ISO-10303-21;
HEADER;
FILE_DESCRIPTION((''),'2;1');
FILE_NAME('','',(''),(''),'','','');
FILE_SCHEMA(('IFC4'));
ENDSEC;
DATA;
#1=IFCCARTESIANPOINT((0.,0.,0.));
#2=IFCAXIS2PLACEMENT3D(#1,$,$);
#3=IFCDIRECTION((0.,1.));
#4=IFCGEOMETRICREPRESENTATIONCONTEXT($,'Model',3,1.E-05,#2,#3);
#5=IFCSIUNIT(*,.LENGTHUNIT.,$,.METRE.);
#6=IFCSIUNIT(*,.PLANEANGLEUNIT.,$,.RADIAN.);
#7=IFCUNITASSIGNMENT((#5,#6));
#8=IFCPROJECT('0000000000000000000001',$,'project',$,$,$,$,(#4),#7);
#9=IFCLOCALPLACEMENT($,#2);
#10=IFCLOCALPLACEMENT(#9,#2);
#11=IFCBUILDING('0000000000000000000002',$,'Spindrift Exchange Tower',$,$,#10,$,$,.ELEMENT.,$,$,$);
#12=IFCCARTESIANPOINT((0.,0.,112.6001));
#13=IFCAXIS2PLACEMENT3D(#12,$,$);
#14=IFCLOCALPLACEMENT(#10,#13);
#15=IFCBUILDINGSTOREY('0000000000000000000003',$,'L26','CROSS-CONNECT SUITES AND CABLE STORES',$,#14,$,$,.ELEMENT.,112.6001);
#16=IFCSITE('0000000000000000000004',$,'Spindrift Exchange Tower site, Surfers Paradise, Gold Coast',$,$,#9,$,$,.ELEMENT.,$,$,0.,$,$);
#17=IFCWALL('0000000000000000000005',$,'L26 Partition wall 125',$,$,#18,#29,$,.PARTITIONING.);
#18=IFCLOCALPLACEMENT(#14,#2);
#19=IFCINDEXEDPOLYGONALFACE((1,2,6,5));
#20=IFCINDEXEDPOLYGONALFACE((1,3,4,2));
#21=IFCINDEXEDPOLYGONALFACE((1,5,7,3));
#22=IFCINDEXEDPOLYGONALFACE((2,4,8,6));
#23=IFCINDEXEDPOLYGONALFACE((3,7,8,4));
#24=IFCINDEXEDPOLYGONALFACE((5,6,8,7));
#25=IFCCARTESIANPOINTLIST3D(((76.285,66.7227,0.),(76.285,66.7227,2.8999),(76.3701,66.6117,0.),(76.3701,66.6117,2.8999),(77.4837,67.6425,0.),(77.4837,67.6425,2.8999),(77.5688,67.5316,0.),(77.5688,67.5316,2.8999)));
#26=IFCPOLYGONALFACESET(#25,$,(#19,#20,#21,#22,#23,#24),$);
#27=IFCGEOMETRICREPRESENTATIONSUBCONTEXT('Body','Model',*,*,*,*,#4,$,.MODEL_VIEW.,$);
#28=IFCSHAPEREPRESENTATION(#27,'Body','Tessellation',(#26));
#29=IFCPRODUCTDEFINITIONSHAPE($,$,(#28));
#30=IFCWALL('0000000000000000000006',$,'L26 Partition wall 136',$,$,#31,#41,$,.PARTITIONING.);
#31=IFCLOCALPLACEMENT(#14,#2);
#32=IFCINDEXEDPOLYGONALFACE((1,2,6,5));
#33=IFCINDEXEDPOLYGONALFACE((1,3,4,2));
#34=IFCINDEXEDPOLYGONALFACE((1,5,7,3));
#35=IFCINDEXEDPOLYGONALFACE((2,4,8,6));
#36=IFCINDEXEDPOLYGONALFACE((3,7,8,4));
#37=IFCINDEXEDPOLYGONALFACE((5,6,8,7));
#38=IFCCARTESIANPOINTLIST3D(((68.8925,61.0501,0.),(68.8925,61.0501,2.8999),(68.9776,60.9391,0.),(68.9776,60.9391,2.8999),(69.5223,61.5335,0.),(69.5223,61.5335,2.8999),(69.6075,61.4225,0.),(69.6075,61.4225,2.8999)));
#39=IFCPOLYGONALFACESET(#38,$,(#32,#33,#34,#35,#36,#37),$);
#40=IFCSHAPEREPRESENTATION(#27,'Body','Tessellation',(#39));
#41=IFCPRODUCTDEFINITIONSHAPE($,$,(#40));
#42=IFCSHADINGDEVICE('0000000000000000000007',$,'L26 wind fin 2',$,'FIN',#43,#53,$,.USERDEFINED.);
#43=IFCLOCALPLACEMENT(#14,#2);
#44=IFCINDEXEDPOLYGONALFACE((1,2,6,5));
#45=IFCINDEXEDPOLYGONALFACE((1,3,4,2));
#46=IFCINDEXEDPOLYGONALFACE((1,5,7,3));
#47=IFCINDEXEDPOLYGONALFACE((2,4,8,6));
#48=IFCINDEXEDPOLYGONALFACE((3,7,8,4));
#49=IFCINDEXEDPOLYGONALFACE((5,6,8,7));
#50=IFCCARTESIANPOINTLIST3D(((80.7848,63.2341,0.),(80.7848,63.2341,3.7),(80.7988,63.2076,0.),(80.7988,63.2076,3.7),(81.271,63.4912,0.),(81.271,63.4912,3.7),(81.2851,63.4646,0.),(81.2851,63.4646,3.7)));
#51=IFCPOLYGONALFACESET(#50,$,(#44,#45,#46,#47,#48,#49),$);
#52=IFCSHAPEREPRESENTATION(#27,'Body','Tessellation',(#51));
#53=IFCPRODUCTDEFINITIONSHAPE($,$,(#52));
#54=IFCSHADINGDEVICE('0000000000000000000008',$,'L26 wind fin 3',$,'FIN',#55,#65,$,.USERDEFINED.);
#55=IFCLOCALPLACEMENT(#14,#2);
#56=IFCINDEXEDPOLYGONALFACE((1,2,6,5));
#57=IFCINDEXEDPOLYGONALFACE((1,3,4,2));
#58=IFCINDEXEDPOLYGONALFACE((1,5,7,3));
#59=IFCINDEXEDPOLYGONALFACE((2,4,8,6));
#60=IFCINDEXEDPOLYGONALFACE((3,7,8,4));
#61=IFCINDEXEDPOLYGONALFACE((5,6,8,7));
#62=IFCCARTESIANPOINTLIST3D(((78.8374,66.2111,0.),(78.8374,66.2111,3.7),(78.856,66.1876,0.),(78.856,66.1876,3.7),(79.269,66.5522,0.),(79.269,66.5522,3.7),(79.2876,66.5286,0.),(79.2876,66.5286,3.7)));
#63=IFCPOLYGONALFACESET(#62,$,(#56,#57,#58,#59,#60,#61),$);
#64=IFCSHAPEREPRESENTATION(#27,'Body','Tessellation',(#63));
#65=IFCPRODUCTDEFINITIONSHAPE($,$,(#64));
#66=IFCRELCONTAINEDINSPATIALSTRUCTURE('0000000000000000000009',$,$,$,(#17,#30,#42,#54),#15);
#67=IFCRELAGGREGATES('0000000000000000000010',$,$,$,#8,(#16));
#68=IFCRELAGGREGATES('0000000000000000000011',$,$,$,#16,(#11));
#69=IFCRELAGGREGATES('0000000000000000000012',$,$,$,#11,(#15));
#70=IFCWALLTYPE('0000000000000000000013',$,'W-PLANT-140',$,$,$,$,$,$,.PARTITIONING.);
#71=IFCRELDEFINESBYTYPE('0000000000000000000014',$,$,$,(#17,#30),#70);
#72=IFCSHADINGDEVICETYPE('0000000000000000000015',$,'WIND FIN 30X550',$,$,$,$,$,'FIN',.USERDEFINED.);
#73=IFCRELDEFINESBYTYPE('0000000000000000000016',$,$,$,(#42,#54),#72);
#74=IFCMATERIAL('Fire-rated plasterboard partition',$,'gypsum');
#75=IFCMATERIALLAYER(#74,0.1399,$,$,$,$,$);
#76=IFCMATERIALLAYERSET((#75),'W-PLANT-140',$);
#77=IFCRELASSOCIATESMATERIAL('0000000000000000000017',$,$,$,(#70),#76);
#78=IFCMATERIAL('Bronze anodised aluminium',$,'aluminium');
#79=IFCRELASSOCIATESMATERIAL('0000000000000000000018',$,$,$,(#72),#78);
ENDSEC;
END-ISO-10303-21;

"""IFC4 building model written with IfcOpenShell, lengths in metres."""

from ifc_helpers import new_model, si_unit, direction, frame, frame_2d, origin, origin_2d, place, context, subcontext, project, spatial, rectangle, extrude, source, transform, mapped, material, layer, layer_set, material_profile, profile_set, type_object, element, save


model = new_model("IFC4")

# Units and contexts
model_context = context("Model", 3, precision=1e-05, world=origin(), true_north=direction((0.0, 1.0)))
body_context = subcontext(model_context, "Body", "Model", "MODEL_VIEW")
ifc_project = project(units=[si_unit("LENGTHUNIT", "METRE"), si_unit("PLANEANGLEUNIT", "RADIAN")], contexts=[model_context])

# Site, building, storey
site_placement = place(None, origin())
site = spatial("IfcSite", under=ifc_project, at=site_placement, Name="Spindrift Exchange Tower site, Surfers Paradise, Gold Coast", CompositionType="ELEMENT", RefElevation=0.0)
building_placement = place(site_placement, origin())
building = spatial("IfcBuilding", under=site, at=building_placement, Name="Spindrift Exchange Tower", CompositionType="ELEMENT")
storey_placement = place(building_placement, frame((0.0, 0.0, 112.6001)))
storey = spatial("IfcBuildingStorey", under=building, at=storey_placement, Name="L26", Description="CROSS-CONNECT SUITES AND CABLE STORES", CompositionType="ELEMENT", Elevation=112.6001)

# Shared definitions
ifc_material_1 = material(Name="Bronze anodised aluminium", Category="aluminium")

# Walls
ifc_material_2 = material(Name="Fire-rated plasterboard partition", Category="gypsum")
ifc_layer_1 = layer(ifc_material_2, 0.1399)
ifc_layer_set_1 = layer_set([ifc_layer_1], Name="W-PLANT-140")
wall_type = type_object("IfcWallType", Name="W-PLANT-140", PredefinedType="PARTITIONING", material=ifc_layer_set_1)
wall_1_placement = place(storey_placement, frame((76.3276, 66.6672, 0.0), z_axis=(0.0, 0.0, 1.0), x_axis=(0.79332, 0.608805, 0.0)))
element("IfcWall", 1, at=wall_1_placement, inside=storey, type_object=wall_type, Name="L26 Partition wall 125", PredefinedType="PARTITIONING", context=body_context, shape_type="SweptSolid", body=[
    extrude(rectangle(XDim=1.511, YDim=0.1399, at=frame_2d((0.7554, 0.0))), origin(), (0.0, 0.0, 1.0), 2.8999),
])
wall_2_placement = place(storey_placement, frame((68.9351, 60.9946, 0.0), z_axis=(0.0, 0.0, 1.0), x_axis=(0.793309, 0.608819, 0.0)))
element("IfcWall", 2, at=wall_2_placement, inside=storey, type_object=wall_type, Name="L26 Partition wall 136", PredefinedType="PARTITIONING", context=body_context, shape_type="SweptSolid", body=[
    extrude(rectangle(XDim=0.7939, YDim=0.1399, at=frame_2d((0.397, 0.0))), origin(), (0.0, 0.0, 1.0), 2.8999),
])

# Shading devices
ifc_material_profile_1 = material_profile(ifc_material_1, rectangle(XDim=0.03, YDim=0.55, at=origin_2d()), Name="WIND FIN 30X550")
ifc_profile_set_1 = profile_set([ifc_material_profile_1], Name="Bronze anodised aluminium")
shading_device_type = type_object("IfcShadingDeviceType", Name="WIND FIN 30X550", ElementType="FIN", PredefinedType="USERDEFINED", material=ifc_profile_set_1)
shared_shape_1 = source(origin(), body_context, "Body", "SweptSolid", [
    extrude(rectangle(XDim=0.03, YDim=0.55, at=origin_2d()), origin(), (0.0, 0.0, 1.0), 3.7),
])
for number, where, z_axis, x_axis, name in (
    (3, (81.0349, 63.3494, 0.0), (0.0, 0.0, 1.0), (-0.467367, 0.884064, 0.0), "L26 wind fin 2"),
    (4, (79.0625, 66.3699, 0.0), (0.0, 0.0, 1.0), (-0.620056, 0.784558, 0.0), "L26 wind fin 3"),
):
    element("IfcShadingDevice", number, at=place(storey_placement, frame(where, z_axis=z_axis, x_axis=x_axis)), inside=storey, type_object=shading_device_type, Name=name, ObjectType="FIN", PredefinedType="USERDEFINED", context=body_context, shape_type="MappedRepresentation", body=[
        mapped(shared_shape_1, transform((0.0, 0.0, 0.0), scale=1.0)),
    ])

save(model, "model.ifc")
